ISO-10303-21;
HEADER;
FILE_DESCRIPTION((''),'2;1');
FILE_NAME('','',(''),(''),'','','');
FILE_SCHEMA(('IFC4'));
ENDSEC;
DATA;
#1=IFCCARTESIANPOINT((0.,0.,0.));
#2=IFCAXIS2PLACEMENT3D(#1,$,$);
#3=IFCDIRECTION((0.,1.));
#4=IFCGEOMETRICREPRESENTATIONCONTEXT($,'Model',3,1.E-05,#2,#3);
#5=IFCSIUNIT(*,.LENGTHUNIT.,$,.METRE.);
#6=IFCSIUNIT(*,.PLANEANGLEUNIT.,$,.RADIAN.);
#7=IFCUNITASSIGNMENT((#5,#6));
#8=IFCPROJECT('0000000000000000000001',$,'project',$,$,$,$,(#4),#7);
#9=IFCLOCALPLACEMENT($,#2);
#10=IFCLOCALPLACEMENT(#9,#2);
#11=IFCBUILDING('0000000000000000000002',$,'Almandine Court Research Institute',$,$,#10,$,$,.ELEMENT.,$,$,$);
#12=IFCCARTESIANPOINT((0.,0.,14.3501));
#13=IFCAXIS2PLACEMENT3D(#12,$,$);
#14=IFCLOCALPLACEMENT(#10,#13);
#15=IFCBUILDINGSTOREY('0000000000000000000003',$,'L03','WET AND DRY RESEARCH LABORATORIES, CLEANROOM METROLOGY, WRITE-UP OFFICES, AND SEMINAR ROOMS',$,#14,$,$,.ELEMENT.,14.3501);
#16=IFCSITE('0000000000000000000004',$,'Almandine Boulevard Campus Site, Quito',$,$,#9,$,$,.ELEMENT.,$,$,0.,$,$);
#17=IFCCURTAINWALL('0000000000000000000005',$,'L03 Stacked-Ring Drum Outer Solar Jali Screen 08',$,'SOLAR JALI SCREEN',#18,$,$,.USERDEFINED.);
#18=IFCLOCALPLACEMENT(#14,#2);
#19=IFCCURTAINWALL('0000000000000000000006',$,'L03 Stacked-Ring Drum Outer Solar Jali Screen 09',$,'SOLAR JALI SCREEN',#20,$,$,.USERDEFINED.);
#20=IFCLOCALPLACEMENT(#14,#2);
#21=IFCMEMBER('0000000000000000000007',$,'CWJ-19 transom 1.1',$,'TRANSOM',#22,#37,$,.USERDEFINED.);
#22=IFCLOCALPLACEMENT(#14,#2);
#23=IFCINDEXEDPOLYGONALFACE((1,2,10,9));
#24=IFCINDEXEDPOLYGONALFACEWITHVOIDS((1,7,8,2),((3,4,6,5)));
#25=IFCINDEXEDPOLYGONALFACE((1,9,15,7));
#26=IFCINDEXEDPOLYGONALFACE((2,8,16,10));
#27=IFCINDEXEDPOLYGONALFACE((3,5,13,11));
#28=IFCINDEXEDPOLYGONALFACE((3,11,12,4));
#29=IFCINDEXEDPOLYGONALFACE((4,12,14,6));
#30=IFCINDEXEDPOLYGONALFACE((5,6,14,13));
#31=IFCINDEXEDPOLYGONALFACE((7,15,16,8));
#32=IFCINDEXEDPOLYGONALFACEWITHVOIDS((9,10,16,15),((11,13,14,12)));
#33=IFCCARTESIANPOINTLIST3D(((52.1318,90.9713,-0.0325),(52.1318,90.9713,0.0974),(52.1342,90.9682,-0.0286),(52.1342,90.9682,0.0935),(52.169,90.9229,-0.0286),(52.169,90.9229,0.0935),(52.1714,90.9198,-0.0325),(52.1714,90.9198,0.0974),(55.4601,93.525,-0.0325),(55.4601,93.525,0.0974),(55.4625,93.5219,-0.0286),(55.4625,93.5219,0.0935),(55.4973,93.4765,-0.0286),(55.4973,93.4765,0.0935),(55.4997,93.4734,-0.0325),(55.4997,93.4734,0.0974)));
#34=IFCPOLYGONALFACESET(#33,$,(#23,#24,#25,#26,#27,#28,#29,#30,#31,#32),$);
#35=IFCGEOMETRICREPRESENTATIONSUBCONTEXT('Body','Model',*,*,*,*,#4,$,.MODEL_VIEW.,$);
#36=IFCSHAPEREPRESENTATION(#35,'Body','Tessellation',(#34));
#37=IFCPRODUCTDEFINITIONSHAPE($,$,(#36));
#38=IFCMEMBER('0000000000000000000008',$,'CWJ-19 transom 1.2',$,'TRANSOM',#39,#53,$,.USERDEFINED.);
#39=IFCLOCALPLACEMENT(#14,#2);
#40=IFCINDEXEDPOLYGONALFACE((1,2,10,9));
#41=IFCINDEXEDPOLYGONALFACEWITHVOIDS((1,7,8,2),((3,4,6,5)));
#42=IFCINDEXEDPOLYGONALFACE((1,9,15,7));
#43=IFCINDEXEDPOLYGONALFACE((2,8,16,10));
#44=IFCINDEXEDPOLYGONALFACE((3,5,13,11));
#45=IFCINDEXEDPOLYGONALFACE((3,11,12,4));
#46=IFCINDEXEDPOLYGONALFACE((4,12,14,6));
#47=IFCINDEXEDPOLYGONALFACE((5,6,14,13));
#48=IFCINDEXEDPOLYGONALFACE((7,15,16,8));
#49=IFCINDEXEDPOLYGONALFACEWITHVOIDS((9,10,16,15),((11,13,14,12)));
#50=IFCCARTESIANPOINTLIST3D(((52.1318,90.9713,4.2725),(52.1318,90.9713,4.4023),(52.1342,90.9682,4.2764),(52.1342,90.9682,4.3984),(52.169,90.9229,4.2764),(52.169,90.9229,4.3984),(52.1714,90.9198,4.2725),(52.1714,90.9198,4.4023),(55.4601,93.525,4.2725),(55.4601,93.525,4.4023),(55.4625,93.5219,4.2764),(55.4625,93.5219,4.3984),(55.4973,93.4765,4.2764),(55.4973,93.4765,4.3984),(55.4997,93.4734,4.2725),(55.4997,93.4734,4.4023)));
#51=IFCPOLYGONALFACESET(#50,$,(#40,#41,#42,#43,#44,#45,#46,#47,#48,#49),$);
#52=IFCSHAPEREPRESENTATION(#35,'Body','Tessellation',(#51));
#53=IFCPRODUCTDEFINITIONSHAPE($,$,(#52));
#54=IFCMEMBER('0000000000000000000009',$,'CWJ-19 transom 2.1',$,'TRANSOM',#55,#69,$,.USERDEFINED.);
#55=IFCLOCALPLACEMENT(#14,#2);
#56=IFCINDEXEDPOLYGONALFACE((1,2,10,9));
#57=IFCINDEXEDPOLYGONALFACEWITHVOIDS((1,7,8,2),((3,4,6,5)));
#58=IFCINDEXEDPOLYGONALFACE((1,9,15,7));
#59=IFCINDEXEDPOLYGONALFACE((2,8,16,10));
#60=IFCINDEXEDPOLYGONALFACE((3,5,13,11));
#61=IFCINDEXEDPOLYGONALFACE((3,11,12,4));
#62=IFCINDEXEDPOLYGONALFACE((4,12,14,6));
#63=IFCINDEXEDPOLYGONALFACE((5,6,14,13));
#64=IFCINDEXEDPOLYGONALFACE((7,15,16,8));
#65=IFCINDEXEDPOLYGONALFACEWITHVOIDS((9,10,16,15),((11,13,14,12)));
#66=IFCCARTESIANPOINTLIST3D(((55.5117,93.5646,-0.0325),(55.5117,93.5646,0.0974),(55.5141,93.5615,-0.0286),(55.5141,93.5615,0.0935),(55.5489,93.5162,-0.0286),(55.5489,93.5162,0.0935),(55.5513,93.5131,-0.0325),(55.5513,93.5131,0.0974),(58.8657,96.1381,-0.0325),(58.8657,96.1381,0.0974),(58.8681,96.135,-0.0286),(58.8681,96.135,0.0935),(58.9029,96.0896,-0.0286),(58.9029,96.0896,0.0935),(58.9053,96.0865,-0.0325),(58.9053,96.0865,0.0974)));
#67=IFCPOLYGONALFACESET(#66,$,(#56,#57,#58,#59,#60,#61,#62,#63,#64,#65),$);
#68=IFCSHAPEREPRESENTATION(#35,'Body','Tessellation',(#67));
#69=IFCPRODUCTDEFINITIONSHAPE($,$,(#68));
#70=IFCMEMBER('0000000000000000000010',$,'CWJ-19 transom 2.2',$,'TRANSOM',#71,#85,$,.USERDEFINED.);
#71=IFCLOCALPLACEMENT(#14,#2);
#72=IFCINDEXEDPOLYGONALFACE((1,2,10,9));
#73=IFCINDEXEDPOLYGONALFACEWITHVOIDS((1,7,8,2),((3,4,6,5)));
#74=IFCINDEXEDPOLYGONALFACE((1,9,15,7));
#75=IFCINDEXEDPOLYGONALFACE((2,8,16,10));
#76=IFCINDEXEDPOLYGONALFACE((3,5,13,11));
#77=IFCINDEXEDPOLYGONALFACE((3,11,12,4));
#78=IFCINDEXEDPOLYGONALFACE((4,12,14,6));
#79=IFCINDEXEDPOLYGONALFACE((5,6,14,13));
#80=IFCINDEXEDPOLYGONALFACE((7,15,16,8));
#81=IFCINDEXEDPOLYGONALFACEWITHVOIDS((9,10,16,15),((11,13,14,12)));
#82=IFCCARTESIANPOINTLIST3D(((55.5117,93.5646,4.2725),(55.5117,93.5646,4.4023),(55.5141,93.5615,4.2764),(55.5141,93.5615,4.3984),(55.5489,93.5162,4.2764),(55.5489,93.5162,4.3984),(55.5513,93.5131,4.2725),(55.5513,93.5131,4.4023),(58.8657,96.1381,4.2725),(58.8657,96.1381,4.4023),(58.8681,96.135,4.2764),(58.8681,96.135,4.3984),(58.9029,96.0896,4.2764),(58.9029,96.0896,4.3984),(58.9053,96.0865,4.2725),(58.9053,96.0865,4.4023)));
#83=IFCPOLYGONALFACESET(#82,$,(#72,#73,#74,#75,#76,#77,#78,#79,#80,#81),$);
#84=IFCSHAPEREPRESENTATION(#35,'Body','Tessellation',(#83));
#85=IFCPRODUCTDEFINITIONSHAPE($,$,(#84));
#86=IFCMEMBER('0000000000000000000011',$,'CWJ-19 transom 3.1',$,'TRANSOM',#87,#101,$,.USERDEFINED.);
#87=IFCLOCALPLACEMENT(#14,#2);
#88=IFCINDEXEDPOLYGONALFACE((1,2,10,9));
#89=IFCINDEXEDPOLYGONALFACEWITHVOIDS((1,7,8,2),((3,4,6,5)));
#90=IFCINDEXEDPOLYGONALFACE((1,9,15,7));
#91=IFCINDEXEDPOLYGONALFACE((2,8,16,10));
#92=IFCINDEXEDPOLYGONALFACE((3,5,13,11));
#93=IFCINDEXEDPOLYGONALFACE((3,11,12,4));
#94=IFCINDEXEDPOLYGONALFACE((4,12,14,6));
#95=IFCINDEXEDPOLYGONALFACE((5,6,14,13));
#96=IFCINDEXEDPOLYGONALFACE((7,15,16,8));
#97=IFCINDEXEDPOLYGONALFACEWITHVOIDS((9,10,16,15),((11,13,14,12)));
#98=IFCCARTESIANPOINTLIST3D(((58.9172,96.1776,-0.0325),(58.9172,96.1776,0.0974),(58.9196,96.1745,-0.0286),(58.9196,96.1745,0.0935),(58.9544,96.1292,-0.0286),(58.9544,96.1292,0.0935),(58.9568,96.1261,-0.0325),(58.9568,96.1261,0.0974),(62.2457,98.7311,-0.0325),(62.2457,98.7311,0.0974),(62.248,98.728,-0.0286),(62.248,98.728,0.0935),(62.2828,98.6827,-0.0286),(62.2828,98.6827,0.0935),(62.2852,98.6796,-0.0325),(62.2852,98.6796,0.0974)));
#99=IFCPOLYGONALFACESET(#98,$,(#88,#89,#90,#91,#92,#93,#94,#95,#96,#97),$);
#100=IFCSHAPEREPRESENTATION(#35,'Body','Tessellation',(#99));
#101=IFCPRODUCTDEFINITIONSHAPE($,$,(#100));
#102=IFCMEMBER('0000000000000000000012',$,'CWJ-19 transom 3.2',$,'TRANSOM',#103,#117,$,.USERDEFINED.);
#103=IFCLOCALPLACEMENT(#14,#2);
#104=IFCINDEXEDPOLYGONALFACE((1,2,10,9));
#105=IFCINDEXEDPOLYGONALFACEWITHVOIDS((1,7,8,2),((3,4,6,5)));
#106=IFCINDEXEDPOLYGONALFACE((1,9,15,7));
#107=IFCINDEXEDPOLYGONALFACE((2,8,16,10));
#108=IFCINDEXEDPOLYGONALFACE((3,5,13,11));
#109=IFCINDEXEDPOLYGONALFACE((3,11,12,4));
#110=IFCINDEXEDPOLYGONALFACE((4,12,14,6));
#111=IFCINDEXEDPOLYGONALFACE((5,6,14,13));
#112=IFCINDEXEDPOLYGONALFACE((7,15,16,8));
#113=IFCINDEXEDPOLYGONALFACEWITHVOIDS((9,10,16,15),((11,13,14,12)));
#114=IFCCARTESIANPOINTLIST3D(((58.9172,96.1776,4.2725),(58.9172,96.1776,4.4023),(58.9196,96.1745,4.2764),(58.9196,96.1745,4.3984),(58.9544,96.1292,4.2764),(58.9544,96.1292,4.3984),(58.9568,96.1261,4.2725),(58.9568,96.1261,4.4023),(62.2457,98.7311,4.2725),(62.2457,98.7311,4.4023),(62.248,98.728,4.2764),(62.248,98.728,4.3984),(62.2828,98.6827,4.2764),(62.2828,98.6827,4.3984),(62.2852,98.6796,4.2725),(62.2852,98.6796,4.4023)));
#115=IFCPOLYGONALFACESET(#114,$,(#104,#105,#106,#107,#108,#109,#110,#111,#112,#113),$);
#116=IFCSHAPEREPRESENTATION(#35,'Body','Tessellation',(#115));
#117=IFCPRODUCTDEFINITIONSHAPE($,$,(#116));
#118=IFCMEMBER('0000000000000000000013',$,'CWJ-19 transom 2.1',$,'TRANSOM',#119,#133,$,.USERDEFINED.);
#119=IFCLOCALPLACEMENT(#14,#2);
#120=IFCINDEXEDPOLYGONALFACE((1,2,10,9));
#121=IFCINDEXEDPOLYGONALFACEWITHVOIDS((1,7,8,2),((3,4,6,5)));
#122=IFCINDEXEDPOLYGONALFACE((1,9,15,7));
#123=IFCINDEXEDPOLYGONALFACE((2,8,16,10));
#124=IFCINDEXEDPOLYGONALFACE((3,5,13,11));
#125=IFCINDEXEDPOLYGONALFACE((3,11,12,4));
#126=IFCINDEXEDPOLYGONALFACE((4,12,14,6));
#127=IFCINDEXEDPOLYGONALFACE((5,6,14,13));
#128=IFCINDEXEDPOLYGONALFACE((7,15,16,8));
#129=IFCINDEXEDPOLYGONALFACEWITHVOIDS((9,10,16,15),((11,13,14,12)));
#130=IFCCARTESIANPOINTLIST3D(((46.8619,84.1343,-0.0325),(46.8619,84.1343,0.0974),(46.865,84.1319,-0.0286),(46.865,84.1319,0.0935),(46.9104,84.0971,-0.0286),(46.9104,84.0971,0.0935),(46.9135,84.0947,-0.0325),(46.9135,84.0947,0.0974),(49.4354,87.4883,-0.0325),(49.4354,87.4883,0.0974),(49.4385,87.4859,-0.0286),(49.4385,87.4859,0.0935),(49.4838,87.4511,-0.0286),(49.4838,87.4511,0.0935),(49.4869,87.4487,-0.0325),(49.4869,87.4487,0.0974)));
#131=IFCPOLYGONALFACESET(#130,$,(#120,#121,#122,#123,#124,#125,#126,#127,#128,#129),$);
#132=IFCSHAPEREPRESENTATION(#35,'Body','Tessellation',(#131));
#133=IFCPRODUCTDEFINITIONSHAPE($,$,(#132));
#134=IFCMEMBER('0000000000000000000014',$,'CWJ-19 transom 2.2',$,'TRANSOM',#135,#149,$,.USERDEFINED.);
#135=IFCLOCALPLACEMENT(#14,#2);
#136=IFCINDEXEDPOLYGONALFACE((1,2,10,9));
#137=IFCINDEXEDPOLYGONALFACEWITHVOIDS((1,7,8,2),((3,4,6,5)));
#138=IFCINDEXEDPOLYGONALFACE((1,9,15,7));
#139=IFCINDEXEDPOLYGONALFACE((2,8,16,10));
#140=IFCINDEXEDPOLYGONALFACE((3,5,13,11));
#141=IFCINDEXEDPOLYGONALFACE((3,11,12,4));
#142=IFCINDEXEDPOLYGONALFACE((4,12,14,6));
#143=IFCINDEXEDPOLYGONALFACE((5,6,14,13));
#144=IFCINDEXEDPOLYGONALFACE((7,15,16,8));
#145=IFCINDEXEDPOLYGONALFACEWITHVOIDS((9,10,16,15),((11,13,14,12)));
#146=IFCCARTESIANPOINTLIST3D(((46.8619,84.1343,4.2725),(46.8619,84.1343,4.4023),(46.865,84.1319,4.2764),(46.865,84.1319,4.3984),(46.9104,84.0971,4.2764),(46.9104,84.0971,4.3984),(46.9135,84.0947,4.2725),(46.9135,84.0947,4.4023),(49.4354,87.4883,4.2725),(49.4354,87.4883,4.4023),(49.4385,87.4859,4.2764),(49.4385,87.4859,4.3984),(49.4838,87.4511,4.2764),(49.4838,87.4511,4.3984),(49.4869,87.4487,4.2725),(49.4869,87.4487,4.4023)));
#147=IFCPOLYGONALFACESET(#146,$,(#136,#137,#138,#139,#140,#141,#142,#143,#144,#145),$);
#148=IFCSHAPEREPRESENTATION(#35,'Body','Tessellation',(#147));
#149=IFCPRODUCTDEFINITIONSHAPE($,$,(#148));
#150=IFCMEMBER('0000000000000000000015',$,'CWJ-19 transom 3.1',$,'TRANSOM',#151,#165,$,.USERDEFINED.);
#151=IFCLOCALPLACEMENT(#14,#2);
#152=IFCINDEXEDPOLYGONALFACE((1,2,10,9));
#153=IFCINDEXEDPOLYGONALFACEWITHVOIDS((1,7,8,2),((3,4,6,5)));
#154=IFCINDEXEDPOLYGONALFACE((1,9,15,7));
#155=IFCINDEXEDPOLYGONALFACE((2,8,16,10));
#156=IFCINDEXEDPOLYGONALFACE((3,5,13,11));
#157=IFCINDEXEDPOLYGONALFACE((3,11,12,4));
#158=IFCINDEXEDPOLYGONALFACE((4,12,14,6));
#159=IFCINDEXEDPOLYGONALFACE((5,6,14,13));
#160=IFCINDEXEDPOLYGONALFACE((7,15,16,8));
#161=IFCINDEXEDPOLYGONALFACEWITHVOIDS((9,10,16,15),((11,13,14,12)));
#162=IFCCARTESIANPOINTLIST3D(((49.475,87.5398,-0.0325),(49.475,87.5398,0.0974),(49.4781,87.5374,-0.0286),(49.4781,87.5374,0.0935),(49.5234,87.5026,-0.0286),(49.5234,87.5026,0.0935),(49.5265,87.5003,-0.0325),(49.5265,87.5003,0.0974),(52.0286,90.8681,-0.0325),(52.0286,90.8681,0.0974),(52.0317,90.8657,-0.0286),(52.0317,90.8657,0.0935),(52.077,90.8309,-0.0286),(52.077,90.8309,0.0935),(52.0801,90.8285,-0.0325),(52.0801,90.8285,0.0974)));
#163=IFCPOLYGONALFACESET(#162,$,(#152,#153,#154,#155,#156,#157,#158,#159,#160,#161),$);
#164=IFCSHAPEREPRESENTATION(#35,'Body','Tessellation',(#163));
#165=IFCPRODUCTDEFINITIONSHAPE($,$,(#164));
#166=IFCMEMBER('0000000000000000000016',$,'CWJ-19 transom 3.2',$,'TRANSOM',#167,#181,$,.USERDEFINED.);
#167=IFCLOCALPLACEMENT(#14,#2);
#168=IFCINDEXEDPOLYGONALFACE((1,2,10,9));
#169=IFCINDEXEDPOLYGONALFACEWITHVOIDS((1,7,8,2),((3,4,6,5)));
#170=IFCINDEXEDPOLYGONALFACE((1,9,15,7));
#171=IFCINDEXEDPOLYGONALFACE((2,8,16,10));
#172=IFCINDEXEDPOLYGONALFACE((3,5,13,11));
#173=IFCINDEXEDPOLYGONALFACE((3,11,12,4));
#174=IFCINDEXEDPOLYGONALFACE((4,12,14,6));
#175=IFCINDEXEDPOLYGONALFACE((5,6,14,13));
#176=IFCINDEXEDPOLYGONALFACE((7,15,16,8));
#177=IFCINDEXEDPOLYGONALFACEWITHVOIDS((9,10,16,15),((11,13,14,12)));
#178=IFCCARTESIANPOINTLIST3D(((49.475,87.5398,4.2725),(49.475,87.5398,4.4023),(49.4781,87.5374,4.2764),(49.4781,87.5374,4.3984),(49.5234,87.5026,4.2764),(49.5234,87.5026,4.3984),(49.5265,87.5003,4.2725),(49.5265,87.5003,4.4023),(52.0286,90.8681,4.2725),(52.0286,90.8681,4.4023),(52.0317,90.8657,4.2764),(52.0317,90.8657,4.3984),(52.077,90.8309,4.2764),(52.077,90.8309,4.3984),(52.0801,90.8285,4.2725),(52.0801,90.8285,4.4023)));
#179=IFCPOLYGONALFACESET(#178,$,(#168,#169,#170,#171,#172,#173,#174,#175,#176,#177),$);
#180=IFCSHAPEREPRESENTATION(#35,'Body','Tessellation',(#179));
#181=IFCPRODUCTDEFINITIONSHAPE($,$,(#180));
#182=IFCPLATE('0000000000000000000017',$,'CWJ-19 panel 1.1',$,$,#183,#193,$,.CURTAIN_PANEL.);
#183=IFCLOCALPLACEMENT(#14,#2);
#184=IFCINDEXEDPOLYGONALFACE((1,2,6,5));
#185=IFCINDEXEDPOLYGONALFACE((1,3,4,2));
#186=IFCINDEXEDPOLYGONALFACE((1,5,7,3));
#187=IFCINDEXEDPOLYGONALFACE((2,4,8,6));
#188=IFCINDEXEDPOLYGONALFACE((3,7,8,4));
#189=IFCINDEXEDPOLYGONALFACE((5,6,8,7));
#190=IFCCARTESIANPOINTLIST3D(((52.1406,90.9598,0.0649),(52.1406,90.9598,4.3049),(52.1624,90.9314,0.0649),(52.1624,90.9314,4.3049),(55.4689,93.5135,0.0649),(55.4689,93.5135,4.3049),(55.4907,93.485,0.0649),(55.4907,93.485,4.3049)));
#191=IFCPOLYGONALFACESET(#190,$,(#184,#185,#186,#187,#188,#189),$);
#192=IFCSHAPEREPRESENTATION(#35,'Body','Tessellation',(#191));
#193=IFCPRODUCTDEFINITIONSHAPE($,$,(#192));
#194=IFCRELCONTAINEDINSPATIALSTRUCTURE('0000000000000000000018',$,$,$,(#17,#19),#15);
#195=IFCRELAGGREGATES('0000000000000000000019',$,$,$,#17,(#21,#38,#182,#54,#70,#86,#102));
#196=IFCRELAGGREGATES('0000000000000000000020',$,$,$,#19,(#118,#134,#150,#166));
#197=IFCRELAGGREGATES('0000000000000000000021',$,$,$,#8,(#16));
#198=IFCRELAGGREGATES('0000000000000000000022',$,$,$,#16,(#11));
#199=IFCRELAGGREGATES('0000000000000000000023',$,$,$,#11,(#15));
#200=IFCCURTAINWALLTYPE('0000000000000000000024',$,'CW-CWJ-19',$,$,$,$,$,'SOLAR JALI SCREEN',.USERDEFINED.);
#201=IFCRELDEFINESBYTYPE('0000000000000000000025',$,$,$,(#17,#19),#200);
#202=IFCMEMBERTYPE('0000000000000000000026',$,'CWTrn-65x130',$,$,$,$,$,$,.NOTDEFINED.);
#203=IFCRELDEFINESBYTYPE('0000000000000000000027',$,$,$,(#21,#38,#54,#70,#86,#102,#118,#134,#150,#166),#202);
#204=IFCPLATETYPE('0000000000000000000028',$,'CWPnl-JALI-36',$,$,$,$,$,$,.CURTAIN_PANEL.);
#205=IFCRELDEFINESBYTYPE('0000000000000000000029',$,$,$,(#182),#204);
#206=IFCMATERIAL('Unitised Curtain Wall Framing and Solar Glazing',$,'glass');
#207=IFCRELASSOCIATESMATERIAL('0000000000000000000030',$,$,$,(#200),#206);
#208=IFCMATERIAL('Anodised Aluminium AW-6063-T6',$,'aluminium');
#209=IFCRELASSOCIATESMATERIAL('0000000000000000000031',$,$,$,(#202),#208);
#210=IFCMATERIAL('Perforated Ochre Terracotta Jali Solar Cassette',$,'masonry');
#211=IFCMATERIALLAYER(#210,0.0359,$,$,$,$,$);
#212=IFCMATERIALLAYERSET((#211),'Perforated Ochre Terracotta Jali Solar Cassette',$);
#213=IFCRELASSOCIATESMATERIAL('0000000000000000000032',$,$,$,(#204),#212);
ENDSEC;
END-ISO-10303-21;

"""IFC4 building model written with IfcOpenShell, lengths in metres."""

from ifc_helpers import new_model, si_unit, direction, frame, origin, origin_2d, place, context, subcontext, project, spatial, rectangle, hollow_rectangle, extrude, material, layer, layer_set, material_profile, profile_set, type_object, element, aggregate, save


model = new_model("IFC4")

# Units and contexts
model_context = context("Model", 3, precision=1e-05, world=origin(), true_north=direction((0.0, 1.0)))
body_context = subcontext(model_context, "Body", "Model", "MODEL_VIEW")
ifc_project = project(units=[si_unit("LENGTHUNIT", "METRE"), si_unit("PLANEANGLEUNIT", "RADIAN")], contexts=[model_context])

# Site, building, storey
site_placement = place(None, origin())
site = spatial("IfcSite", under=ifc_project, at=site_placement, Name="Almandine Boulevard Campus Site, Quito", CompositionType="ELEMENT", RefElevation=0.0)
building_placement = place(site_placement, origin())
building = spatial("IfcBuilding", under=site, at=building_placement, Name="Almandine Court Research Institute", CompositionType="ELEMENT")
storey_placement = place(building_placement, frame((0.0, 0.0, 14.3501)))
storey = spatial("IfcBuildingStorey", under=building, at=storey_placement, Name="L03", Description="WET AND DRY RESEARCH LABORATORIES, CLEANROOM METROLOGY, WRITE-UP OFFICES, AND SEMINAR ROOMS", CompositionType="ELEMENT", Elevation=14.3501)

# Curtain walls
ifc_material_1 = material(Name="Unitised Curtain Wall Framing and Solar Glazing", Category="glass")
curtain_wall_type = type_object("IfcCurtainWallType", Name="CW-CWJ-19", ElementType="SOLAR JALI SCREEN", PredefinedType="USERDEFINED", material=ifc_material_1)
curtain_wall_1_placement = place(storey_placement, origin())
curtain_wall_1 = element("IfcCurtainWall", 1, at=curtain_wall_1_placement, inside=storey, type_object=curtain_wall_type, Name="L03 Stacked-Ring Drum Outer Solar Jali Screen 08", ObjectType="SOLAR JALI SCREEN", PredefinedType="USERDEFINED")
ifc_material_2 = material(Name="Anodised Aluminium AW-6063-T6", Category="aluminium")
curtain_wall_2_placement = place(storey_placement, origin())
curtain_wall_2 = element("IfcCurtainWall", 2, at=curtain_wall_2_placement, inside=storey, type_object=curtain_wall_type, Name="L03 Stacked-Ring Drum Outer Solar Jali Screen 09", ObjectType="SOLAR JALI SCREEN", PredefinedType="USERDEFINED")

# Members
ifc_material_profile_1 = material_profile(ifc_material_2, hollow_rectangle(XDim=0.0649, YDim=0.1299, WallThickness=0.0039, at=origin_2d()), Name="ALU RHS 65x130x4")
ifc_profile_set_1 = profile_set([ifc_material_profile_1], Name="Anodised Aluminium AW-6063-T6")
member_type_1 = type_object("IfcMemberType", Name="CWTrn-65x130", PredefinedType="NOTDEFINED", material=ifc_profile_set_1)
member_1_placement = place(storey_placement, frame((52.1516, 90.9456, 0.0325), z_axis=(0.793381, 0.608726, 0.0), x_axis=(-0.608726, 0.793381, 0.0)))
member_1 = element("IfcMember", 3, at=member_1_placement, type_object=member_type_1, Name="CWJ-19 transom 1.1", ObjectType="TRANSOM", PredefinedType="USERDEFINED", context=body_context, shape_type="SweptSolid", body=[
    extrude(hollow_rectangle(XDim=0.0649, YDim=0.1299, WallThickness=0.0039, at=origin_2d()), origin(), (0.0, 0.0, 1.0), 4.1951),
])
member_2_placement = place(storey_placement, frame((52.1516, 90.9456, 4.3374), z_axis=(0.793381, 0.608726, 0.0), x_axis=(-0.608726, 0.793381, 0.0)))
member_2 = element("IfcMember", 4, at=member_2_placement, type_object=member_type_1, Name="CWJ-19 transom 1.2", ObjectType="TRANSOM", PredefinedType="USERDEFINED", context=body_context, shape_type="SweptSolid", body=[
    extrude(hollow_rectangle(XDim=0.0649, YDim=0.1299, WallThickness=0.0039, at=origin_2d()), origin(), (0.0, 0.0, 1.0), 4.1951),
])
member_3_placement = place(storey_placement, frame((55.5315, 93.5388, 0.0325), z_axis=(0.793368, 0.608742, 0.0), x_axis=(-0.608742, 0.793368, 0.0)))
member_3 = element("IfcMember", 5, at=member_3_placement, type_object=member_type_1, Name="CWJ-19 transom 2.1", ObjectType="TRANSOM", PredefinedType="USERDEFINED", context=body_context, shape_type="SweptSolid", body=[
    extrude(hollow_rectangle(XDim=0.0649, YDim=0.1299, WallThickness=0.0039, at=origin_2d()), origin(), (0.0, 0.0, 1.0), 4.2275),
])
member_4_placement = place(storey_placement, frame((55.5315, 93.5388, 4.3374), z_axis=(0.793368, 0.608742, 0.0), x_axis=(-0.608742, 0.793368, 0.0)))
member_4 = element("IfcMember", 6, at=member_4_placement, type_object=member_type_1, Name="CWJ-19 transom 2.2", ObjectType="TRANSOM", PredefinedType="USERDEFINED", context=body_context, shape_type="SweptSolid", body=[
    extrude(hollow_rectangle(XDim=0.0649, YDim=0.1299, WallThickness=0.0039, at=origin_2d()), origin(), (0.0, 0.0, 1.0), 4.2275),
])
member_5_placement = place(storey_placement, frame((58.937, 96.1519, 0.0325), z_axis=(0.793409, 0.608689, 0.0), x_axis=(-0.608689, 0.793409, 0.0)))
member_5 = element("IfcMember", 7, at=member_5_placement, type_object=member_type_1, Name="CWJ-19 transom 3.1", ObjectType="TRANSOM", PredefinedType="USERDEFINED", context=body_context, shape_type="SweptSolid", body=[
    extrude(hollow_rectangle(XDim=0.0649, YDim=0.1299, WallThickness=0.0039, at=origin_2d()), origin(), (0.0, 0.0, 1.0), 4.1951),
])
member_6_placement = place(storey_placement, frame((58.937, 96.1519, 4.3374), z_axis=(0.793409, 0.608689, 0.0), x_axis=(-0.608689, 0.793409, 0.0)))
member_6 = element("IfcMember", 8, at=member_6_placement, type_object=member_type_1, Name="CWJ-19 transom 3.2", ObjectType="TRANSOM", PredefinedType="USERDEFINED", context=body_context, shape_type="SweptSolid", body=[
    extrude(hollow_rectangle(XDim=0.0649, YDim=0.1299, WallThickness=0.0039, at=origin_2d()), origin(), (0.0, 0.0, 1.0), 4.1951),
])
member_7_placement = place(storey_placement, frame((46.8877, 84.1145, 0.0325), z_axis=(0.608742, 0.793368, 0.0), x_axis=(-0.793368, 0.608742, 0.0)))
member_7 = element("IfcMember", 9, at=member_7_placement, type_object=member_type_1, Name="CWJ-19 transom 2.1", ObjectType="TRANSOM", PredefinedType="USERDEFINED", context=body_context, shape_type="SweptSolid", body=[
    extrude(hollow_rectangle(XDim=0.0649, YDim=0.1299, WallThickness=0.0039, at=origin_2d()), origin(), (0.0, 0.0, 1.0), 4.2275),
])
member_8_placement = place(storey_placement, frame((46.8877, 84.1145, 4.3374), z_axis=(0.608742, 0.793368, 0.0), x_axis=(-0.793368, 0.608742, 0.0)))
member_8 = element("IfcMember", 10, at=member_8_placement, type_object=member_type_1, Name="CWJ-19 transom 2.2", ObjectType="TRANSOM", PredefinedType="USERDEFINED", context=body_context, shape_type="SweptSolid", body=[
    extrude(hollow_rectangle(XDim=0.0649, YDim=0.1299, WallThickness=0.0039, at=origin_2d()), origin(), (0.0, 0.0, 1.0), 4.2275),
])
member_9_placement = place(storey_placement, frame((49.5007, 87.52, 0.0325), z_axis=(0.608726, 0.793381, 0.0), x_axis=(-0.793381, 0.608726, 0.0)))
member_9 = element("IfcMember", 11, at=member_9_placement, type_object=member_type_1, Name="CWJ-19 transom 3.1", ObjectType="TRANSOM", PredefinedType="USERDEFINED", context=body_context, shape_type="SweptSolid", body=[
    extrude(hollow_rectangle(XDim=0.0649, YDim=0.1299, WallThickness=0.0039, at=origin_2d()), origin(), (0.0, 0.0, 1.0), 4.1951),
])
member_10_placement = place(storey_placement, frame((49.5007, 87.52, 4.3374), z_axis=(0.608726, 0.793381, 0.0), x_axis=(-0.793381, 0.608726, 0.0)))
member_10 = element("IfcMember", 12, at=member_10_placement, type_object=member_type_1, Name="CWJ-19 transom 3.2", ObjectType="TRANSOM", PredefinedType="USERDEFINED", context=body_context, shape_type="SweptSolid", body=[
    extrude(hollow_rectangle(XDim=0.0649, YDim=0.1299, WallThickness=0.0039, at=origin_2d()), origin(), (0.0, 0.0, 1.0), 4.1951),
])

# Plate
ifc_material_3 = material(Name="Perforated Ochre Terracotta Jali Solar Cassette", Category="masonry")
ifc_layer_1 = layer(ifc_material_3, 0.0359)
ifc_layer_set_1 = layer_set([ifc_layer_1], Name="Perforated Ochre Terracotta Jali Solar Cassette")
plate_type = type_object("IfcPlateType", Name="CWPnl-JALI-36", PredefinedType="CURTAIN_PANEL", material=ifc_layer_set_1)
plate_1_placement = place(storey_placement, frame((53.8157, 92.2224, 0.0649), z_axis=(0.0, 0.0, 1.0), x_axis=(0.793383, 0.608723, 0.0)))
plate_1 = element("IfcPlate", 13, at=plate_1_placement, type_object=plate_type, Name="CWJ-19 panel 1.1", PredefinedType="CURTAIN_PANEL", context=body_context, shape_type="SweptSolid", body=[
    extrude(rectangle(XDim=4.1951, YDim=0.0359, at=origin_2d()), origin(), (0.0, 0.0, 1.0), 4.24),
])
aggregate(curtain_wall_1, [member_1, member_2, plate_1, member_3, member_4, member_5, member_6])
aggregate(curtain_wall_2, [member_7, member_8, member_9, member_10])

save(model, "model.ifc")
